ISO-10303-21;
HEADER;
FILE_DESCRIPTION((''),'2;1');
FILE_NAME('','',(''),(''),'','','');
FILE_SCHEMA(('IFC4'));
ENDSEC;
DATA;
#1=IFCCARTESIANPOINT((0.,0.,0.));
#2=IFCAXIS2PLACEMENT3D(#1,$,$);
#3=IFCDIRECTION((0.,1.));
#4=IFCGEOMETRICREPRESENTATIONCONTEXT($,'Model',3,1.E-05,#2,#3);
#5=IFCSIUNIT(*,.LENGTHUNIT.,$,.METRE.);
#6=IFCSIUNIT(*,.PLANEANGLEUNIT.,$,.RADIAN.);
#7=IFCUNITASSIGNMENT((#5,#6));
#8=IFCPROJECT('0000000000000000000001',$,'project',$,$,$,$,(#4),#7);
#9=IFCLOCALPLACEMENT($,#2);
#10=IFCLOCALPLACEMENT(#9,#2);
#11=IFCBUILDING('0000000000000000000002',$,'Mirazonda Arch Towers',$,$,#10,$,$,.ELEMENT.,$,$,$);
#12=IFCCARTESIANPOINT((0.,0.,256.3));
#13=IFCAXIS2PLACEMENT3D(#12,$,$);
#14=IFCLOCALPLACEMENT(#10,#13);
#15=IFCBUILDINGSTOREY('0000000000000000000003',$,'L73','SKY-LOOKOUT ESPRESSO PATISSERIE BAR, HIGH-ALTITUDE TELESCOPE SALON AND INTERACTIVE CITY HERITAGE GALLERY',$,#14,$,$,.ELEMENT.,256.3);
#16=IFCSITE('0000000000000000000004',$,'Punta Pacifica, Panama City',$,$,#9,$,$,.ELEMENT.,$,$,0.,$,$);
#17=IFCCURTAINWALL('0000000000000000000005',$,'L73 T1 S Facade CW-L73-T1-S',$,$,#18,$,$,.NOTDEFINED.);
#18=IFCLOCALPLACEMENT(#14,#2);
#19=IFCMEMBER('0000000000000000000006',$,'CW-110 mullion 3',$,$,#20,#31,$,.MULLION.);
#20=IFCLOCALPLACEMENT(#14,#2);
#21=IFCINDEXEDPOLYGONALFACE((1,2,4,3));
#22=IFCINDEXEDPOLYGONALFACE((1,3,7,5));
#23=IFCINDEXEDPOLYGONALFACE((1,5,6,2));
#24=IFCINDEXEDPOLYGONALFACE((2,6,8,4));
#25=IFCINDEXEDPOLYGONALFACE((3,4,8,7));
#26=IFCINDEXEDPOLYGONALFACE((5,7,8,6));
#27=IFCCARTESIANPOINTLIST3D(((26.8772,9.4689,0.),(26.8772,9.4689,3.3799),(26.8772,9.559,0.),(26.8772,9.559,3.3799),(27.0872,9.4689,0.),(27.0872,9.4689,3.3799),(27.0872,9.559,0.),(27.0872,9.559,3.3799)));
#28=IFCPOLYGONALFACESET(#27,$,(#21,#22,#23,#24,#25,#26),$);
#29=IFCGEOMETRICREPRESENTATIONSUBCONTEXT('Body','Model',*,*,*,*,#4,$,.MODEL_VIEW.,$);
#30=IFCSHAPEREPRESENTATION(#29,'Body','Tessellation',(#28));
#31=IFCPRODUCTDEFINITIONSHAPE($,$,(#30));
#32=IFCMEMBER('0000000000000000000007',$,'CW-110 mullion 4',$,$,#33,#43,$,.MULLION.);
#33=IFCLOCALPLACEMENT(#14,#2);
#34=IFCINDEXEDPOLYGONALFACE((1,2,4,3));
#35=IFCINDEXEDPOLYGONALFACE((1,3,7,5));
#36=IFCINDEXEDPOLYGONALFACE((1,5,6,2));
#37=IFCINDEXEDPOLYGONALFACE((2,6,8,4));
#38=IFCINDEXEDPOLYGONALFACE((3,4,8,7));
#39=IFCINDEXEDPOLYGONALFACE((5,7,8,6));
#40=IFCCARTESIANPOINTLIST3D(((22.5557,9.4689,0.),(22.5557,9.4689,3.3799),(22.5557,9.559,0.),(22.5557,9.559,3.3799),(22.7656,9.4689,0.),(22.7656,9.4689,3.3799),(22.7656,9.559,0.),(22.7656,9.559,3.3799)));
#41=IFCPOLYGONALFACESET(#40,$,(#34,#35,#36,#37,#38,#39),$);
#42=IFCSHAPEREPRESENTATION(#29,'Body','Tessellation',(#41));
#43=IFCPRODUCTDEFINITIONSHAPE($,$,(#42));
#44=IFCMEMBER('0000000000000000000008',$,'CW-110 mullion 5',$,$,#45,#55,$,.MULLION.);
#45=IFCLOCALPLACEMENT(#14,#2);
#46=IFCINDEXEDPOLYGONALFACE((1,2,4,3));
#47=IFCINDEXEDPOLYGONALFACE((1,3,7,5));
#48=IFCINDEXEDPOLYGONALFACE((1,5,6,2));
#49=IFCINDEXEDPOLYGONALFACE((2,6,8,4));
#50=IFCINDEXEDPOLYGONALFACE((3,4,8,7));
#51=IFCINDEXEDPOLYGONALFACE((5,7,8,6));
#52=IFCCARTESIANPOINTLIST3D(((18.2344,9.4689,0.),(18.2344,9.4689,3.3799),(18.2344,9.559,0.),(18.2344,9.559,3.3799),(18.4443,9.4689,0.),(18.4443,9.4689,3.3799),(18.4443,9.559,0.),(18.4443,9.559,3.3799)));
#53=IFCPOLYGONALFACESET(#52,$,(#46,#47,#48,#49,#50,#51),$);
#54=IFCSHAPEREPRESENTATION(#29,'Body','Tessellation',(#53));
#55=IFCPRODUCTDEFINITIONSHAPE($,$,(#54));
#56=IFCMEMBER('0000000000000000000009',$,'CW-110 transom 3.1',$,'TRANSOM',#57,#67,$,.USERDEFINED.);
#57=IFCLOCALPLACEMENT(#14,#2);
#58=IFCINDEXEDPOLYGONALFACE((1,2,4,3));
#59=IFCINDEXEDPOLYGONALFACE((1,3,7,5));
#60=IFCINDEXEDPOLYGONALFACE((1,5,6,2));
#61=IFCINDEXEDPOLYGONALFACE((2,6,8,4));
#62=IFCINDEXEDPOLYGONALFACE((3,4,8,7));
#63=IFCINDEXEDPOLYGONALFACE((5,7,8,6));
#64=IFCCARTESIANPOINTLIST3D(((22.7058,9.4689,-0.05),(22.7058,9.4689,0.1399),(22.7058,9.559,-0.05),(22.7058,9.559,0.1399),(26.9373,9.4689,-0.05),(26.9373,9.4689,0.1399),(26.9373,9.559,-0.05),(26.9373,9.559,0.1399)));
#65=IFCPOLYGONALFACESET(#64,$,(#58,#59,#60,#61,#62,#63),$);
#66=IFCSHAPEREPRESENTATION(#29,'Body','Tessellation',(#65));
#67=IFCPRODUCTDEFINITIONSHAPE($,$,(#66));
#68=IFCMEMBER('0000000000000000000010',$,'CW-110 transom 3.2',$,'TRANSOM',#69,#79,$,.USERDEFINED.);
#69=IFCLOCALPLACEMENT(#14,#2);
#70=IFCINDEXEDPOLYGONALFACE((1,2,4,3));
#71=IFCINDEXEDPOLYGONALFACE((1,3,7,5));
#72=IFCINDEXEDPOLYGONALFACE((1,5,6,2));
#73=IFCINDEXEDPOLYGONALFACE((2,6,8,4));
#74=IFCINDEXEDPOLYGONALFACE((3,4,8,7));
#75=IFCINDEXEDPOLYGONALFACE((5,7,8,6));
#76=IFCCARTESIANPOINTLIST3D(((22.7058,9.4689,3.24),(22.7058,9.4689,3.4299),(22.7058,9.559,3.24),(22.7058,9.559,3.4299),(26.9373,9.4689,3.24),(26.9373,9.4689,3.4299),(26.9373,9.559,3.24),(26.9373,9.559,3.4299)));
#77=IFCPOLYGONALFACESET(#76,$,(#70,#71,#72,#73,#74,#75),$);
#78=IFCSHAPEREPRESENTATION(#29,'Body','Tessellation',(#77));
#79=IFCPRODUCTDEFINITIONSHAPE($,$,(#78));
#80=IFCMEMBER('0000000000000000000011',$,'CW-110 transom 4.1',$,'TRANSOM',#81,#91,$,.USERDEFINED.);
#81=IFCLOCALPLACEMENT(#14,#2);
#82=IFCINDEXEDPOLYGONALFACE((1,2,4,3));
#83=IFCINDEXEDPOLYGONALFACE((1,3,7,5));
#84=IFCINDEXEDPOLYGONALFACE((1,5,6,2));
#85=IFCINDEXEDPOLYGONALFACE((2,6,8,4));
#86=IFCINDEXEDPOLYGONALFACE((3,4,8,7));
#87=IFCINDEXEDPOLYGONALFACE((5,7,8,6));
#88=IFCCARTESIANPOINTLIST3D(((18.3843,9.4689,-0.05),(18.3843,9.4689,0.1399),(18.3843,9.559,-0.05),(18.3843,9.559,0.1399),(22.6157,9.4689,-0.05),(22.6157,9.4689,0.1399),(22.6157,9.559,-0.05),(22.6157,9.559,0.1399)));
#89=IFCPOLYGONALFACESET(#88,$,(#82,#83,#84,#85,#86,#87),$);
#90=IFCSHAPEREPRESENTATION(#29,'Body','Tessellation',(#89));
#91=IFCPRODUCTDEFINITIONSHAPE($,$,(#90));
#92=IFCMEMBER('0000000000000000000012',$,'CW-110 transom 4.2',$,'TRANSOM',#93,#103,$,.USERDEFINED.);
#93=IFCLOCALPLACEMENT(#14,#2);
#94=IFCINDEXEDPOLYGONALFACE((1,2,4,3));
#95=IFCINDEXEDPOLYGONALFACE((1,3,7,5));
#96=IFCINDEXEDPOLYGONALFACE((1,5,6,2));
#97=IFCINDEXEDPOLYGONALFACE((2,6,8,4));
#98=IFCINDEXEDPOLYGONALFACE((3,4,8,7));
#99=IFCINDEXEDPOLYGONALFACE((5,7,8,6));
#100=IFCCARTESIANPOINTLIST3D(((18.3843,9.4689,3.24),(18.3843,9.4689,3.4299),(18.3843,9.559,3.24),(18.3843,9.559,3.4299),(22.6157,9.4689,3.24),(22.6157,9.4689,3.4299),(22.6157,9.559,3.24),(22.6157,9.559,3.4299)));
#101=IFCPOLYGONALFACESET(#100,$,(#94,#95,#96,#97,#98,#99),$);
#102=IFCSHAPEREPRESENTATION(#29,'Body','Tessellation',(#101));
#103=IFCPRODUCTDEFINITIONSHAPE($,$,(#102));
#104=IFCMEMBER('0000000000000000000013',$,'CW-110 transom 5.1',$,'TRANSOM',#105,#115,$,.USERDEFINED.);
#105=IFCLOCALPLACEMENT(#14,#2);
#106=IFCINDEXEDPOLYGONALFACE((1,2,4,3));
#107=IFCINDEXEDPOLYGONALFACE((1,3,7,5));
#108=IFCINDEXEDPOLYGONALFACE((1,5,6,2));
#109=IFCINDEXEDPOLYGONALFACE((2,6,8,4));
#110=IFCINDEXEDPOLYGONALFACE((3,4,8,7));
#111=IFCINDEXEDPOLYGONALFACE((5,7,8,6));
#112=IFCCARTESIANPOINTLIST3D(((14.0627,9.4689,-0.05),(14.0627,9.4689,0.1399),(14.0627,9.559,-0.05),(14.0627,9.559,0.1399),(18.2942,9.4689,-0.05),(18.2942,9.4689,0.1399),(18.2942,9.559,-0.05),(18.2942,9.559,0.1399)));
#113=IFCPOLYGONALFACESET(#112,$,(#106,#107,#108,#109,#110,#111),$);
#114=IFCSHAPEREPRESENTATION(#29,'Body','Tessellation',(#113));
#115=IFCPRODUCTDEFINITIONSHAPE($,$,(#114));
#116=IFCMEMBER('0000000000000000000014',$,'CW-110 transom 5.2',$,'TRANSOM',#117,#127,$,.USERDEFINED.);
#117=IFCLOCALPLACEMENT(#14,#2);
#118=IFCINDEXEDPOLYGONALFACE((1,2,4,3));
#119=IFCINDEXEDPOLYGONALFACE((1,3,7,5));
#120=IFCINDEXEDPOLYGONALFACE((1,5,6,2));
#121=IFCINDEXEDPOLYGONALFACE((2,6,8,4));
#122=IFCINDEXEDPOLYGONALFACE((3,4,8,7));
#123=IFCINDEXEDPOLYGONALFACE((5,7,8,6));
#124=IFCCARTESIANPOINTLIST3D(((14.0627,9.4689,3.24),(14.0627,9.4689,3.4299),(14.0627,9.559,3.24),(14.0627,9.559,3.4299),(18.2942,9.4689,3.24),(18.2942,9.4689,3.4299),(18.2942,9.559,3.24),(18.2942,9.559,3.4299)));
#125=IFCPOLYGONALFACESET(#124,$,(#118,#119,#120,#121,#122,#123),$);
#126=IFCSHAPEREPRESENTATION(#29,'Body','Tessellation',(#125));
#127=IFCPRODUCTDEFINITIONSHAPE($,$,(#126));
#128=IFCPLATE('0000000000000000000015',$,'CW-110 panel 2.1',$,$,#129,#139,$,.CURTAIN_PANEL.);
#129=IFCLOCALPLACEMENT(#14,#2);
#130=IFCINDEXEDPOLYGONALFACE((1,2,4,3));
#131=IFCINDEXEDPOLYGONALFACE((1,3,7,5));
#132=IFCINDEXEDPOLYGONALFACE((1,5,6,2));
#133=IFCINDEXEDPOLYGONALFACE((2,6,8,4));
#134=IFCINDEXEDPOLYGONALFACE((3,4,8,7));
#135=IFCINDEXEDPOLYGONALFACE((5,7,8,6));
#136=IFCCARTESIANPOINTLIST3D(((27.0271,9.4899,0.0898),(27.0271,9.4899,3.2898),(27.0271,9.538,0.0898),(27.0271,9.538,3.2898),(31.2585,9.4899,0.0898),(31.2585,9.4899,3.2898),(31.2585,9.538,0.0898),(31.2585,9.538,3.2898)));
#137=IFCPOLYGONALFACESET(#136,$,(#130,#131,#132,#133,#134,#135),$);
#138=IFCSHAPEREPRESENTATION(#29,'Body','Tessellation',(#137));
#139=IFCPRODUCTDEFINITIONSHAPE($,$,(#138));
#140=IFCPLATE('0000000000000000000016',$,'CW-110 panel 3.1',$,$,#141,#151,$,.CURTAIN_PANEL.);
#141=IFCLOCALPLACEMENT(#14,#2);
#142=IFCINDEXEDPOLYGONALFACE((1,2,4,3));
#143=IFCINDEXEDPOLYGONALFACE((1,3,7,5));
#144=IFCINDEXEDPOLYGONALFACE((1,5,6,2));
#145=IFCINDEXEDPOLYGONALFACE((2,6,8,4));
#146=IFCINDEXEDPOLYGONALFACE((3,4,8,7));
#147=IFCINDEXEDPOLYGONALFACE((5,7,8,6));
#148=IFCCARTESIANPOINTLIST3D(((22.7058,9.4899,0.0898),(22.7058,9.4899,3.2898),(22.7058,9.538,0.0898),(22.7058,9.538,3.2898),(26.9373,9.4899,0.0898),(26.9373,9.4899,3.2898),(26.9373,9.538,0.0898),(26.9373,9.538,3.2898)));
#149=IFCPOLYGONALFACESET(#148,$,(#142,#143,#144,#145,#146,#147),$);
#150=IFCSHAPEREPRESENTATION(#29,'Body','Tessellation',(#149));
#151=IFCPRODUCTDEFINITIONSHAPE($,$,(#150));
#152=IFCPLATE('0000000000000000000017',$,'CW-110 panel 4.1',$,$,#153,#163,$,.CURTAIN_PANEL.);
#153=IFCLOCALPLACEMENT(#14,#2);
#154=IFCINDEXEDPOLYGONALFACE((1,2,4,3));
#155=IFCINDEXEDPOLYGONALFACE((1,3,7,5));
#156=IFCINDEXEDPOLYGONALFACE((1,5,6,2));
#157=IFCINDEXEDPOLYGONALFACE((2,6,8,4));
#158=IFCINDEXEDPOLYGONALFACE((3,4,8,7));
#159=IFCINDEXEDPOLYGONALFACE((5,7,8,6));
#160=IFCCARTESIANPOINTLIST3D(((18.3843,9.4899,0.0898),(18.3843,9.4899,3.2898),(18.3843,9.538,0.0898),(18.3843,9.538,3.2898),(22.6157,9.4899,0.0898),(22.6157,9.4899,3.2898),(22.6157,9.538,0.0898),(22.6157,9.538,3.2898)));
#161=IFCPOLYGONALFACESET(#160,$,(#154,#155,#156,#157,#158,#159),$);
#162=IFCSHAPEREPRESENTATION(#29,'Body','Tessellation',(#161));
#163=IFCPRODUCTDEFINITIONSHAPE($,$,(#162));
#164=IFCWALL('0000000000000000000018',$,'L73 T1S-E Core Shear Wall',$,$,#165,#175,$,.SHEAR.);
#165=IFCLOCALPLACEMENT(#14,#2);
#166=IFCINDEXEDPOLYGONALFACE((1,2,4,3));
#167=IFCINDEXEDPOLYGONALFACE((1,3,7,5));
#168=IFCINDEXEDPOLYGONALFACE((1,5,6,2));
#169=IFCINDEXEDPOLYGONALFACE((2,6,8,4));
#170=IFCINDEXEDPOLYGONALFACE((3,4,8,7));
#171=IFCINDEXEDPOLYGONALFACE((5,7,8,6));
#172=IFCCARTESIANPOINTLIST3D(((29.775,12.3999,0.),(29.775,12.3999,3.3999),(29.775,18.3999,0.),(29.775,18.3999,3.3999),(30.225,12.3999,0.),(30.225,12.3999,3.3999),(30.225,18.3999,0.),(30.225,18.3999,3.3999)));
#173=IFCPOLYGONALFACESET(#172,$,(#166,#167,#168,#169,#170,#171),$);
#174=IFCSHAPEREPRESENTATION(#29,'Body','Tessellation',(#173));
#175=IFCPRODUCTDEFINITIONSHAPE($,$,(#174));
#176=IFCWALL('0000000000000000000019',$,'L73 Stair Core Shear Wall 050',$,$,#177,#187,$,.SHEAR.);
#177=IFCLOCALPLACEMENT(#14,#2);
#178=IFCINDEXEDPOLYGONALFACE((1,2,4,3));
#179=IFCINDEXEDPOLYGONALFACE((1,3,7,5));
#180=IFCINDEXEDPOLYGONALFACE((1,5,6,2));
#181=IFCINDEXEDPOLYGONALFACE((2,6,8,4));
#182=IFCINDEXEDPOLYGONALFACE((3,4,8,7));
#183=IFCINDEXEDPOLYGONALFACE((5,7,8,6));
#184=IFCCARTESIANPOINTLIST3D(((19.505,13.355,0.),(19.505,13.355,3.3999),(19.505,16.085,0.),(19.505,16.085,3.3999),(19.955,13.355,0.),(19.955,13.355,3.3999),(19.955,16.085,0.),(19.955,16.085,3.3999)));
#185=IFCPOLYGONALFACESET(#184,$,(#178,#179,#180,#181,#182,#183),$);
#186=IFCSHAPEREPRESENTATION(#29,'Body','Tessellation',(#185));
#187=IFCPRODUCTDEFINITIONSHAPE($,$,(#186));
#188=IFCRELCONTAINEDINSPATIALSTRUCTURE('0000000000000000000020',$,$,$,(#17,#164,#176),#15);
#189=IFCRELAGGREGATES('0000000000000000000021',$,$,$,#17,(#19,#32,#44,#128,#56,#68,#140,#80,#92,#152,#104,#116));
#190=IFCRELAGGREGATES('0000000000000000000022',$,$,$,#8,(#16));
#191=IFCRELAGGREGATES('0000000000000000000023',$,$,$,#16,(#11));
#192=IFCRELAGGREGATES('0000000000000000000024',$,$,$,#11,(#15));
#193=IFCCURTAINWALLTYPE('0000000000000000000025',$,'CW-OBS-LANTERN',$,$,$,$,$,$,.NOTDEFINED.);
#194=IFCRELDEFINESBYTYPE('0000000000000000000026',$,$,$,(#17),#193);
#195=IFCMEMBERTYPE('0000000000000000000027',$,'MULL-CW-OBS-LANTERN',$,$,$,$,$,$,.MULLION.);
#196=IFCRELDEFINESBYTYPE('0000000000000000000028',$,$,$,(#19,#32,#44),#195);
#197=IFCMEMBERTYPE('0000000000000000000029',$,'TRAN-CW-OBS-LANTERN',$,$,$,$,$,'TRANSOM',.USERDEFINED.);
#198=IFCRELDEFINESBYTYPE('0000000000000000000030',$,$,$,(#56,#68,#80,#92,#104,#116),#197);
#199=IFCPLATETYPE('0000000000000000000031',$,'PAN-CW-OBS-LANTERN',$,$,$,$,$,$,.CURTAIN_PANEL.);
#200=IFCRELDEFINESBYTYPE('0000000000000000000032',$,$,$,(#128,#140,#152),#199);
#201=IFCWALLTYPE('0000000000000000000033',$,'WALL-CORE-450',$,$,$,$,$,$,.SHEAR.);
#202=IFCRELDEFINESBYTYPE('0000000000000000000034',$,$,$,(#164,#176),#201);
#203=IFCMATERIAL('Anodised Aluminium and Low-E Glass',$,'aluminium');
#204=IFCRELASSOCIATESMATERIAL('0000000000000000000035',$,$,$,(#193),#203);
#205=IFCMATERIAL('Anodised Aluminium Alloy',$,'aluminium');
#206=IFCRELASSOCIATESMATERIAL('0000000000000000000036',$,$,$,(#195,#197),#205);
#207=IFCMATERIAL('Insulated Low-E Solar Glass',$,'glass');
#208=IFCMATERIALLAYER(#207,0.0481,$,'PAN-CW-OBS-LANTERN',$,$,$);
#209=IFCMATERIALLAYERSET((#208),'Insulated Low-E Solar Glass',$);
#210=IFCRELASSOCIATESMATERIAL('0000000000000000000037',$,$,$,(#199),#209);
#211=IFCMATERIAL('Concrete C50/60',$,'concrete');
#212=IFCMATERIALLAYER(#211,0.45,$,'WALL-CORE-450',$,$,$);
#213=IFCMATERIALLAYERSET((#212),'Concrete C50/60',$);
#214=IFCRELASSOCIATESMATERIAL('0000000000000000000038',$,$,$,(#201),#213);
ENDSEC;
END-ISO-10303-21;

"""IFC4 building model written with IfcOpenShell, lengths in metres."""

from ifc_helpers import new_model, si_unit, direction, frame, frame_2d, origin, origin_2d, place, context, subcontext, project, spatial, rectangle, extrude, material, layer, layer_set, material_profile, profile_set, type_object, element, aggregate, save


model = new_model("IFC4")

# Units and contexts
model_context = context("Model", 3, precision=1e-05, world=origin(), true_north=direction((0.0, 1.0)))
body_context = subcontext(model_context, "Body", "Model", "MODEL_VIEW")
ifc_project = project(units=[si_unit("LENGTHUNIT", "METRE"), si_unit("PLANEANGLEUNIT", "RADIAN")], contexts=[model_context])

# Site, building, storey
site_placement = place(None, origin())
site = spatial("IfcSite", under=ifc_project, at=site_placement, Name="Punta Pacifica, Panama City", CompositionType="ELEMENT", RefElevation=0.0)
building_placement = place(site_placement, origin())
building = spatial("IfcBuilding", under=site, at=building_placement, Name="Mirazonda Arch Towers", CompositionType="ELEMENT")
storey_placement = place(building_placement, frame((0.0, 0.0, 256.3)))
storey = spatial("IfcBuildingStorey", under=building, at=storey_placement, Name="L73", Description="SKY-LOOKOUT ESPRESSO PATISSERIE BAR, HIGH-ALTITUDE TELESCOPE SALON AND INTERACTIVE CITY HERITAGE GALLERY", CompositionType="ELEMENT", Elevation=256.3)

# Shared definitions
ifc_material_1 = material(Name="Concrete C50/60", Category="concrete")

# Curtain wall, members, plates
ifc_material_2 = material(Name="Anodised Aluminium and Low-E Glass", Category="aluminium")
curtain_wall_type = type_object("IfcCurtainWallType", Name="CW-OBS-LANTERN", PredefinedType="NOTDEFINED", material=ifc_material_2)
curtain_wall_placement = place(storey_placement, origin())
curtain_wall = element("IfcCurtainWall", 1, at=curtain_wall_placement, inside=storey, type_object=curtain_wall_type, Name="L73 T1 S Facade CW-L73-T1-S", PredefinedType="NOTDEFINED")
ifc_material_3 = material(Name="Anodised Aluminium Alloy", Category="aluminium")
ifc_material_profile_1 = material_profile(ifc_material_3, rectangle(XDim=0.0901, YDim=0.21, at=origin_2d()), Name="ALU-MULL-90x210")
ifc_profile_set_1 = profile_set([ifc_material_profile_1], Name="Anodised Aluminium Alloy")
member_type_1 = type_object("IfcMemberType", Name="MULL-CW-OBS-LANTERN", PredefinedType="MULLION", material=ifc_profile_set_1)
member_1_placement = place(storey_placement, frame((26.9822, 9.5139, 0.0), z_axis=(0.0, 0.0, 1.0), x_axis=(0.0, -1.0, 0.0)))
member_1 = element("IfcMember", 2, at=member_1_placement, type_object=member_type_1, Name="CW-110 mullion 3", PredefinedType="MULLION", context=body_context, shape_type="SweptSolid", body=[
    extrude(rectangle(XDim=0.0901, YDim=0.21, at=origin_2d()), origin(), (0.0, 0.0, 1.0), 3.3799),
])
member_2_placement = place(storey_placement, frame((22.6606, 9.5139, 0.0), z_axis=(0.0, 0.0, 1.0), x_axis=(0.0, -1.0, 0.0)))
member_2 = element("IfcMember", 3, at=member_2_placement, type_object=member_type_1, Name="CW-110 mullion 4", PredefinedType="MULLION", context=body_context, shape_type="SweptSolid", body=[
    extrude(rectangle(XDim=0.0901, YDim=0.21, at=origin_2d()), origin(), (0.0, 0.0, 1.0), 3.3799),
])
member_3_placement = place(storey_placement, frame((18.3394, 9.5139, 0.0), z_axis=(0.0, 0.0, 1.0), x_axis=(0.0, -1.0, 0.0)))
member_3 = element("IfcMember", 4, at=member_3_placement, type_object=member_type_1, Name="CW-110 mullion 5", PredefinedType="MULLION", context=body_context, shape_type="SweptSolid", body=[
    extrude(rectangle(XDim=0.0901, YDim=0.21, at=origin_2d()), origin(), (0.0, 0.0, 1.0), 3.3799),
])
ifc_material_profile_2 = material_profile(ifc_material_3, rectangle(XDim=0.0901, YDim=0.1899, at=origin_2d()), Name="ALU-TRAN-90x190")
ifc_profile_set_2 = profile_set([ifc_material_profile_2], Name="Anodised Aluminium Alloy")
member_type_2 = type_object("IfcMemberType", Name="TRAN-CW-OBS-LANTERN", ElementType="TRANSOM", PredefinedType="USERDEFINED", material=ifc_profile_set_2)
member_4_placement = place(storey_placement, frame((26.9373, 9.5139, 0.0449), z_axis=(-1.0, 0.0, 0.0), x_axis=(0.0, -1.0, 0.0)))
member_4 = element("IfcMember", 5, at=member_4_placement, type_object=member_type_2, Name="CW-110 transom 3.1", ObjectType="TRANSOM", PredefinedType="USERDEFINED", context=body_context, shape_type="SweptSolid", body=[
    extrude(rectangle(XDim=0.0901, YDim=0.1899, at=origin_2d()), origin(), (0.0, 0.0, 1.0), 4.2314),
])
member_5_placement = place(storey_placement, frame((26.9373, 9.5139, 3.335), z_axis=(-1.0, 0.0, 0.0), x_axis=(0.0, -1.0, 0.0)))
member_5 = element("IfcMember", 6, at=member_5_placement, type_object=member_type_2, Name="CW-110 transom 3.2", ObjectType="TRANSOM", PredefinedType="USERDEFINED", context=body_context, shape_type="SweptSolid", body=[
    extrude(rectangle(XDim=0.0901, YDim=0.1899, at=origin_2d()), origin(), (0.0, 0.0, 1.0), 4.2314),
])
member_6_placement = place(storey_placement, frame((22.6157, 9.5139, 0.0449), z_axis=(-1.0, 0.0, 0.0), x_axis=(0.0, -1.0, 0.0)))
member_6 = element("IfcMember", 7, at=member_6_placement, type_object=member_type_2, Name="CW-110 transom 4.1", ObjectType="TRANSOM", PredefinedType="USERDEFINED", context=body_context, shape_type="SweptSolid", body=[
    extrude(rectangle(XDim=0.0901, YDim=0.1899, at=origin_2d()), origin(), (0.0, 0.0, 1.0), 4.2314),
])
member_7_placement = place(storey_placement, frame((22.6157, 9.5139, 3.335), z_axis=(-1.0, 0.0, 0.0), x_axis=(0.0, -1.0, 0.0)))
member_7 = element("IfcMember", 8, at=member_7_placement, type_object=member_type_2, Name="CW-110 transom 4.2", ObjectType="TRANSOM", PredefinedType="USERDEFINED", context=body_context, shape_type="SweptSolid", body=[
    extrude(rectangle(XDim=0.0901, YDim=0.1899, at=origin_2d()), origin(), (0.0, 0.0, 1.0), 4.2314),
])
member_8_placement = place(storey_placement, frame((18.2942, 9.5139, 0.0449), z_axis=(-1.0, 0.0, 0.0), x_axis=(0.0, -1.0, 0.0)))
member_8 = element("IfcMember", 9, at=member_8_placement, type_object=member_type_2, Name="CW-110 transom 5.1", ObjectType="TRANSOM", PredefinedType="USERDEFINED", context=body_context, shape_type="SweptSolid", body=[
    extrude(rectangle(XDim=0.0901, YDim=0.1899, at=origin_2d()), origin(), (0.0, 0.0, 1.0), 4.2314),
])
member_9_placement = place(storey_placement, frame((18.2942, 9.5139, 3.335), z_axis=(-1.0, 0.0, 0.0), x_axis=(0.0, -1.0, 0.0)))
member_9 = element("IfcMember", 10, at=member_9_placement, type_object=member_type_2, Name="CW-110 transom 5.2", ObjectType="TRANSOM", PredefinedType="USERDEFINED", context=body_context, shape_type="SweptSolid", body=[
    extrude(rectangle(XDim=0.0901, YDim=0.1899, at=origin_2d()), origin(), (0.0, 0.0, 1.0), 4.2314),
])
ifc_material_4 = material(Name="Insulated Low-E Solar Glass", Category="glass")
ifc_layer_1 = layer(ifc_material_4, 0.0481, Name="PAN-CW-OBS-LANTERN")
ifc_layer_set_1 = layer_set([ifc_layer_1], Name="Insulated Low-E Solar Glass")
plate_type = type_object("IfcPlateType", Name="PAN-CW-OBS-LANTERN", PredefinedType="CURTAIN_PANEL", material=ifc_layer_set_1)
plate_1_placement = place(storey_placement, frame((29.1428, 9.5139, 0.0898), z_axis=(0.0, 0.0, 1.0), x_axis=(-1.0, 0.0, 0.0)))
plate_1 = element("IfcPlate", 11, at=plate_1_placement, type_object=plate_type, Name="CW-110 panel 2.1", PredefinedType="CURTAIN_PANEL", context=body_context, shape_type="SweptSolid", body=[
    extrude(rectangle(XDim=4.2314, YDim=0.0481, at=origin_2d()), origin(), (0.0, 0.0, 1.0), 3.2),
])
plate_2_placement = place(storey_placement, frame((24.8215, 9.5139, 0.0898), z_axis=(0.0, 0.0, 1.0), x_axis=(-1.0, 0.0, 0.0)))
plate_2 = element("IfcPlate", 12, at=plate_2_placement, type_object=plate_type, Name="CW-110 panel 3.1", PredefinedType="CURTAIN_PANEL", context=body_context, shape_type="SweptSolid", body=[
    extrude(rectangle(XDim=4.2314, YDim=0.0481, at=origin_2d()), origin(), (0.0, 0.0, 1.0), 3.2),
])
plate_3_placement = place(storey_placement, frame((20.5, 9.5139, 0.0898), z_axis=(0.0, 0.0, 1.0), x_axis=(-1.0, 0.0, 0.0)))
plate_3 = element("IfcPlate", 13, at=plate_3_placement, type_object=plate_type, Name="CW-110 panel 4.1", PredefinedType="CURTAIN_PANEL", context=body_context, shape_type="SweptSolid", body=[
    extrude(rectangle(XDim=4.2314, YDim=0.0481, at=origin_2d()), origin(), (0.0, 0.0, 1.0), 3.2),
])
aggregate(curtain_wall, [member_1, member_2, member_3, plate_1, member_4, member_5, plate_2, member_6, member_7, plate_3, member_8, member_9])

# Walls
ifc_layer_2 = layer(ifc_material_1, 0.45, Name="WALL-CORE-450")
ifc_layer_set_2 = layer_set([ifc_layer_2], Name="Concrete C50/60")
wall_type_1 = type_object("IfcWallType", Name="WALL-CORE-450", PredefinedType="SHEAR", material=ifc_layer_set_2)
wall_1_placement = place(storey_placement, frame((30.0, 12.3999, 0.0), z_axis=(0.0, 0.0, 1.0), x_axis=(0.0, 1.0, 0.0)))
element("IfcWall", 14, at=wall_1_placement, inside=storey, type_object=wall_type_1, Name="L73 T1S-E Core Shear Wall", PredefinedType="SHEAR", context=body_context, shape_type="SweptSolid", body=[
    extrude(rectangle(XDim=6.0, YDim=0.45, at=frame_2d((3.0, 0.0))), origin(), (0.0, 0.0, 1.0), 3.3999),
])
wall_2_placement = place(storey_placement, frame((19.73, 13.355, 0.0), z_axis=(0.0, 0.0, 1.0), x_axis=(0.0, 1.0, 0.0)))
element("IfcWall", 15, at=wall_2_placement, inside=storey, type_object=wall_type_1, Name="L73 Stair Core Shear Wall 050", PredefinedType="SHEAR", context=body_context, shape_type="SweptSolid", body=[
    extrude(rectangle(XDim=2.73, YDim=0.45, at=frame_2d((1.365, 0.0))), origin(), (0.0, 0.0, 1.0), 3.3999),
])

save(model, "model.ifc")
